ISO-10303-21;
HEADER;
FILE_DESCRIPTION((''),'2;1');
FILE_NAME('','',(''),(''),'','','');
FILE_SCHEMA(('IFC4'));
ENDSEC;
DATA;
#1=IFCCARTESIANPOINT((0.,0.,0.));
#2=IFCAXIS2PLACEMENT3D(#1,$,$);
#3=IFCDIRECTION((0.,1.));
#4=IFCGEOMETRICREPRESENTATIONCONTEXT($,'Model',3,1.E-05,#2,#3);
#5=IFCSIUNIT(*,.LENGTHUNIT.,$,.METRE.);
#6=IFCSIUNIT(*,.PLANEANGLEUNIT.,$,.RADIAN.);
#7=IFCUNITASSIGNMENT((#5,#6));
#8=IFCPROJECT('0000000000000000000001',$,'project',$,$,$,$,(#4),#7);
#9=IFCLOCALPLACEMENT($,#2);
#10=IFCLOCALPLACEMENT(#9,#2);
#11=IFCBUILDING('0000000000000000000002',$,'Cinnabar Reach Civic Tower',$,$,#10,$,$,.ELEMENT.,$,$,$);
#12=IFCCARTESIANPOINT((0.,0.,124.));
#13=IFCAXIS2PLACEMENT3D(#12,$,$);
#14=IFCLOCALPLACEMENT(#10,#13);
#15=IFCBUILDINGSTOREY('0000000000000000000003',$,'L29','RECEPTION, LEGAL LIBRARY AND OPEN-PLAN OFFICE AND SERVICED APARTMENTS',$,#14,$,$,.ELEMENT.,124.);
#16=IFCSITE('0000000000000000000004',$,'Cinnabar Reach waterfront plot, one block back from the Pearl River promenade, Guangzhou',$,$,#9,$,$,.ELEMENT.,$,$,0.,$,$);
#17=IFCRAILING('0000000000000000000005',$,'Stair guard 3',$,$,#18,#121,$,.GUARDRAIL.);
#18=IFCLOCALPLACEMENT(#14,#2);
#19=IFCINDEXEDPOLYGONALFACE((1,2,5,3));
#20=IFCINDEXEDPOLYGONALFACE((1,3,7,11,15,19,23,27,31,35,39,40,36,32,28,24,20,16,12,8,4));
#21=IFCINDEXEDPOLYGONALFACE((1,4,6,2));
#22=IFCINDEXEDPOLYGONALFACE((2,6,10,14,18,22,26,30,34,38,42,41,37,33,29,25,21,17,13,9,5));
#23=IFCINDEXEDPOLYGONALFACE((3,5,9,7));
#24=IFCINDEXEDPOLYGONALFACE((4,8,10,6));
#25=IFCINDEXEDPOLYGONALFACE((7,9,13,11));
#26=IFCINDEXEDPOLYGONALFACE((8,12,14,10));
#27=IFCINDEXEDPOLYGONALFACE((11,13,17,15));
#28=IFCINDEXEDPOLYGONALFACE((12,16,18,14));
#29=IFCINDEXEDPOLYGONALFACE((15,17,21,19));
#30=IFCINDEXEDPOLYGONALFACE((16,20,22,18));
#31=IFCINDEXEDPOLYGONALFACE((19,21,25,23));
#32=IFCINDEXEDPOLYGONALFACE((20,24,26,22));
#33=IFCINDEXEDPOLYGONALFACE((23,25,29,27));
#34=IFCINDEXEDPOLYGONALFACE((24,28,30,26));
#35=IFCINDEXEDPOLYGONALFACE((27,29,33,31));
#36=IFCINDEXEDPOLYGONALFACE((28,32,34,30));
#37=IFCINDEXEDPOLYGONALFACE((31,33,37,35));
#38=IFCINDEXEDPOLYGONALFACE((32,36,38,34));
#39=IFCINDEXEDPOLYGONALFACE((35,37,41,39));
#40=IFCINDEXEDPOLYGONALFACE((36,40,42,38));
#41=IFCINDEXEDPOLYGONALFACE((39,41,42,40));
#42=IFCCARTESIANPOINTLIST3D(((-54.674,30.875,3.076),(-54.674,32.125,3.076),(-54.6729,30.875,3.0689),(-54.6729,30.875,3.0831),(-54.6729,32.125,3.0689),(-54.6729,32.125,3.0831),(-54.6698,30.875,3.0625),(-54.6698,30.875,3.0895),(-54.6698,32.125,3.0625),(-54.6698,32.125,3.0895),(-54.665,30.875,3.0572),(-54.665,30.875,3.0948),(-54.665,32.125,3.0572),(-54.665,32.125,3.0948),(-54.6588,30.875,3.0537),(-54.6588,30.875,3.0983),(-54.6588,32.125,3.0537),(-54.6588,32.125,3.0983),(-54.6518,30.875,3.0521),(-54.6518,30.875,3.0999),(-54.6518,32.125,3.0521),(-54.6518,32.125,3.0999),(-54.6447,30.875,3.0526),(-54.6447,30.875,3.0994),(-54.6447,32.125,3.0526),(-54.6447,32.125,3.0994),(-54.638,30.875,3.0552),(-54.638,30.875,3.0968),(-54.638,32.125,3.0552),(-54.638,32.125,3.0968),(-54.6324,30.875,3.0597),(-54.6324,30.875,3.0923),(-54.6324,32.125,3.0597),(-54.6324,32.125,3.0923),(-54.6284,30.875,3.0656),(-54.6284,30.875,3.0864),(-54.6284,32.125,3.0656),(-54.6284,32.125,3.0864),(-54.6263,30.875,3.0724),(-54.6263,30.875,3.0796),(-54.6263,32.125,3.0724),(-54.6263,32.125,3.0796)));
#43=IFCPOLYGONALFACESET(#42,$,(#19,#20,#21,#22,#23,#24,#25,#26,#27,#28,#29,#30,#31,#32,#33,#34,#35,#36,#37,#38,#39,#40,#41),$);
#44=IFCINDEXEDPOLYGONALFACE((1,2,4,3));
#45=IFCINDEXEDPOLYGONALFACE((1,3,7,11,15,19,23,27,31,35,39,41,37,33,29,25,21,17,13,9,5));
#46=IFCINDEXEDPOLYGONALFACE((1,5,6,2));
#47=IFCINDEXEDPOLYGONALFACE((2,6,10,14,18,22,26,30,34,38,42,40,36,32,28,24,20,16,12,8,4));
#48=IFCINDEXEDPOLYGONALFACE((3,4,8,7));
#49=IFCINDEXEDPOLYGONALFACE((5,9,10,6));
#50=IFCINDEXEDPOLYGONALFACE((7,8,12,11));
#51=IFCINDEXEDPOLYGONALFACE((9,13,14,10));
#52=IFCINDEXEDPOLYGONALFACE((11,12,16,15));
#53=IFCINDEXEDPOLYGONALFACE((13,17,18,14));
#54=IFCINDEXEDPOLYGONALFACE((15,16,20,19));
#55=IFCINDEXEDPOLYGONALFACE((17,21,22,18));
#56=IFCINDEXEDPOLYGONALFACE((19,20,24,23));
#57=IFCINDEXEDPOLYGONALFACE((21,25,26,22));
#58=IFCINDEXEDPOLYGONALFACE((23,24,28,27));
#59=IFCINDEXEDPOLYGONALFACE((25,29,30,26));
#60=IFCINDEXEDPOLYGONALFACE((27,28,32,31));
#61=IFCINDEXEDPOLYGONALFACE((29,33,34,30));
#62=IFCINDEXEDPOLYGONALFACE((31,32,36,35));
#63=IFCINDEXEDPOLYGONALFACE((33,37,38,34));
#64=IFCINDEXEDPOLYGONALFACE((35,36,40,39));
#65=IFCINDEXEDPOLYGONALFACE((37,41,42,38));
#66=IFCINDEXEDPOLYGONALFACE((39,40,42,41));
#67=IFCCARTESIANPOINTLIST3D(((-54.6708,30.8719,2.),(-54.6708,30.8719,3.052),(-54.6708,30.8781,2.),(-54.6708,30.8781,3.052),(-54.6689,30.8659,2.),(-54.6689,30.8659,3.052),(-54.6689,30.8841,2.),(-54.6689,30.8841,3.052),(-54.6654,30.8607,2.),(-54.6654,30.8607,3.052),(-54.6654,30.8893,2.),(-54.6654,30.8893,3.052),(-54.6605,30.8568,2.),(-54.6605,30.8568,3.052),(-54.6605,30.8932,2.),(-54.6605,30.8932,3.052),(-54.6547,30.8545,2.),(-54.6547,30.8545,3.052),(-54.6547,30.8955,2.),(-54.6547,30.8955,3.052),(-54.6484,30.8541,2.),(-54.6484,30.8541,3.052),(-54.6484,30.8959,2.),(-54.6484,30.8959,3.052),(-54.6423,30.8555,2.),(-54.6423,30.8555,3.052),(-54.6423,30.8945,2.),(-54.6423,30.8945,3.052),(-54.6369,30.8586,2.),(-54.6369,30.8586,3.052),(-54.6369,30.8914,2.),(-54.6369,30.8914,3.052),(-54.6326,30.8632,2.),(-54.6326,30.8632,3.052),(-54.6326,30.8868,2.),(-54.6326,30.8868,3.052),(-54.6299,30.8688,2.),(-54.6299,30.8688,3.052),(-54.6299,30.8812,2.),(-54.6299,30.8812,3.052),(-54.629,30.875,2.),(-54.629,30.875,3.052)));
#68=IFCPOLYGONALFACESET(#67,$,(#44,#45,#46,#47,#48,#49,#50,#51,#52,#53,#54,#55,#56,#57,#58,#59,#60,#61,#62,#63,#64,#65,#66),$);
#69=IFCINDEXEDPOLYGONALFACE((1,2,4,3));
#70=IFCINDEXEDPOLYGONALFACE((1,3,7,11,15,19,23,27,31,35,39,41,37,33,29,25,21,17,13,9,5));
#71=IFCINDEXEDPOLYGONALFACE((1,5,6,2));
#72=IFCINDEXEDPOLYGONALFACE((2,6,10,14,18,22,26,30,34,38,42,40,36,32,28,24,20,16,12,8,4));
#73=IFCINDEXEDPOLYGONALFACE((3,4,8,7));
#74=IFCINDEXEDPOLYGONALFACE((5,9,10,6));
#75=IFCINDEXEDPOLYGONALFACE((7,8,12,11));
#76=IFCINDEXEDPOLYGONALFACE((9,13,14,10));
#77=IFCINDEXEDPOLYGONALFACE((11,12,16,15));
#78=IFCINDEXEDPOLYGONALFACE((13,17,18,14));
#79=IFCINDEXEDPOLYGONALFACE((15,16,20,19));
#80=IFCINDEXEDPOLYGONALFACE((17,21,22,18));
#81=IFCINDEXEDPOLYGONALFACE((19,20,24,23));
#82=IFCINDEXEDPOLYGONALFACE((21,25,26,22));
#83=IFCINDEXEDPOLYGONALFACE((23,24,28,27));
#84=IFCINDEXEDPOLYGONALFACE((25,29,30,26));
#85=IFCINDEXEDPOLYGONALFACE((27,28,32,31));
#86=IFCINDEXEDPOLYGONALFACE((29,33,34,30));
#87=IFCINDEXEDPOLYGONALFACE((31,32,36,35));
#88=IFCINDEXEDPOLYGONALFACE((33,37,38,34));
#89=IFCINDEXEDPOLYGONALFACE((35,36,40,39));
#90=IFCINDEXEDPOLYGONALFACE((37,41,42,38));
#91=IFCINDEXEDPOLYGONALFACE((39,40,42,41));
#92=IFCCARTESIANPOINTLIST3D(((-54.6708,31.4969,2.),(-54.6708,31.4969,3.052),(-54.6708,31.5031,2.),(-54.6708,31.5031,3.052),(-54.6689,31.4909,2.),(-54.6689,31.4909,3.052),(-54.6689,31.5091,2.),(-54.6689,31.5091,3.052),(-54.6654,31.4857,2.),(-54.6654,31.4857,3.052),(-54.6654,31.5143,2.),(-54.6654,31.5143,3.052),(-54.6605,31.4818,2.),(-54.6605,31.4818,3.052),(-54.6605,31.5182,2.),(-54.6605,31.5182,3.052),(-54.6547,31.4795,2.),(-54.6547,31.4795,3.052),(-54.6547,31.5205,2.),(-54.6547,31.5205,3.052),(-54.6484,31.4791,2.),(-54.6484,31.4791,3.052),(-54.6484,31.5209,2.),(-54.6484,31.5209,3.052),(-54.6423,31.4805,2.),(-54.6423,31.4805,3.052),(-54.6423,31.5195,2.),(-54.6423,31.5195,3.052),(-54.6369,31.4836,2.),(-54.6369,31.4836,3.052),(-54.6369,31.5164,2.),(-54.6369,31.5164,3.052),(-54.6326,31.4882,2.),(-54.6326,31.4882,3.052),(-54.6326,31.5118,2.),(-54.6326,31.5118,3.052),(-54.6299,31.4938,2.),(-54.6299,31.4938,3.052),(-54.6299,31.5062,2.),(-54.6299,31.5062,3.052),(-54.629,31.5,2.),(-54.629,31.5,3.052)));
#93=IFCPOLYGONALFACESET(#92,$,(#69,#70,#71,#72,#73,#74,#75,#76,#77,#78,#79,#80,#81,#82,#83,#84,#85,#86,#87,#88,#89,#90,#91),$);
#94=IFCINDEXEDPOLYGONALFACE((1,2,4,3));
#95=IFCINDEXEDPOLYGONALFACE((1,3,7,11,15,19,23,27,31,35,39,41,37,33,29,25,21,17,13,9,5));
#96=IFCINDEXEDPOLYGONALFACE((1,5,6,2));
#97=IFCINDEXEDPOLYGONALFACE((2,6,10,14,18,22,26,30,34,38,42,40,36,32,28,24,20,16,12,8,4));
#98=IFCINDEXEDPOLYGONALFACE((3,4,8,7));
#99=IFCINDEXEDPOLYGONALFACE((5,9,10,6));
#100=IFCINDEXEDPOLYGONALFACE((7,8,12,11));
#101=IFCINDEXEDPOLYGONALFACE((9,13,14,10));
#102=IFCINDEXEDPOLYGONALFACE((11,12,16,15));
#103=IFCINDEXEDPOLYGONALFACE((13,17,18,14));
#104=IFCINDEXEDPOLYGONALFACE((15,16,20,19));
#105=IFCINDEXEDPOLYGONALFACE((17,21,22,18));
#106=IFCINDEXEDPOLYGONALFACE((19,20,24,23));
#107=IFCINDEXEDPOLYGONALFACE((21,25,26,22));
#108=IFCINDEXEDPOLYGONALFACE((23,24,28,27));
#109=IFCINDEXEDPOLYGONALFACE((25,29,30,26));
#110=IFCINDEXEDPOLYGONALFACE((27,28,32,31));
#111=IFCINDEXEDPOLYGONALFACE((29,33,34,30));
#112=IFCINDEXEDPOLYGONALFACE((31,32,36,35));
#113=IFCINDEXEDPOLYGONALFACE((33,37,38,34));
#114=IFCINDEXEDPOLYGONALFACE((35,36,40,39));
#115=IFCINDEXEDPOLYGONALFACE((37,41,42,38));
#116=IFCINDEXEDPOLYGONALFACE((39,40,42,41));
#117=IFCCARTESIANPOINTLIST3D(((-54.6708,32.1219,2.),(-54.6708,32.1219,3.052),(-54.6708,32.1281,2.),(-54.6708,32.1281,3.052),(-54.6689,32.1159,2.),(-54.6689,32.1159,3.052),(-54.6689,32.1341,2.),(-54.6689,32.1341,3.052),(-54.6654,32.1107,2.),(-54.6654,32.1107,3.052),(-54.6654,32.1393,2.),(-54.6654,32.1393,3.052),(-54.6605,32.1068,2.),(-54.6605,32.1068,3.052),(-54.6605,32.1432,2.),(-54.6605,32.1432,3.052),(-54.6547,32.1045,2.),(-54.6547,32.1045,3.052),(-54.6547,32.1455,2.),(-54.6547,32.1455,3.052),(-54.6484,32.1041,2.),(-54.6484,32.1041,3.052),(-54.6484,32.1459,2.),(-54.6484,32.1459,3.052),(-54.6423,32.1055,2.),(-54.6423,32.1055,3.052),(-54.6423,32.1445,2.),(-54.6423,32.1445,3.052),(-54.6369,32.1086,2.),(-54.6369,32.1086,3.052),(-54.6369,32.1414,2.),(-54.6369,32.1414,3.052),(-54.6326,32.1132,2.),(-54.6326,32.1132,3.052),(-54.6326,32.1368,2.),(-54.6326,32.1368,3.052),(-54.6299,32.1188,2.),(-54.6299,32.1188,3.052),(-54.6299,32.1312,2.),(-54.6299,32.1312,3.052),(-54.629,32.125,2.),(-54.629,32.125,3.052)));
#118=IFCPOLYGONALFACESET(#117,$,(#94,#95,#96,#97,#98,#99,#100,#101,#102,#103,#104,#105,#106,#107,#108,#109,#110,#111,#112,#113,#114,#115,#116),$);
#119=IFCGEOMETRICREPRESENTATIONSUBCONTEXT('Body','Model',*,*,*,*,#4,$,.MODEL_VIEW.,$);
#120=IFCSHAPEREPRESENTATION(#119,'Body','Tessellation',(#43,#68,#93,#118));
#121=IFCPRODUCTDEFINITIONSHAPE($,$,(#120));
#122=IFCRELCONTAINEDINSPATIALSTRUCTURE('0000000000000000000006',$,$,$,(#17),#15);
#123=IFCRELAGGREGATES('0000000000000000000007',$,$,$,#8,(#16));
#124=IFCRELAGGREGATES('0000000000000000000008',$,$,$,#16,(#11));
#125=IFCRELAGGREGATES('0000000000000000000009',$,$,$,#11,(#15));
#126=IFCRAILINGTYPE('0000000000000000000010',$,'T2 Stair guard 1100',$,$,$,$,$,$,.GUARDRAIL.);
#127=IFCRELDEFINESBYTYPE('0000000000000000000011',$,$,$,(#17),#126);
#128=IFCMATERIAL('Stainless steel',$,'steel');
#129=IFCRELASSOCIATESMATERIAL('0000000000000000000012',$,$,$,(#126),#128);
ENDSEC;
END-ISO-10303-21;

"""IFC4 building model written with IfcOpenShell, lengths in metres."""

from ifc_helpers import new_model, si_unit, direction, frame, origin, origin_2d, place, context, subcontext, project, spatial, circle, extrude, material, type_object, element, save


model = new_model("IFC4")

# Units and contexts
model_context = context("Model", 3, precision=1e-05, world=origin(), true_north=direction((0.0, 1.0)))
body_context = subcontext(model_context, "Body", "Model", "MODEL_VIEW")
ifc_project = project(units=[si_unit("LENGTHUNIT", "METRE"), si_unit("PLANEANGLEUNIT", "RADIAN")], contexts=[model_context])

# Site, building, storey
site_placement = place(None, origin())
site = spatial("IfcSite", under=ifc_project, at=site_placement, Name="Cinnabar Reach waterfront plot, one block back from the Pearl River promenade, Guangzhou", CompositionType="ELEMENT", RefElevation=0.0)
building_placement = place(site_placement, origin())
building = spatial("IfcBuilding", under=site, at=building_placement, Name="Cinnabar Reach Civic Tower", CompositionType="ELEMENT")
storey_placement = place(building_placement, frame((0.0, 0.0, 124.0)))
storey = spatial("IfcBuildingStorey", under=building, at=storey_placement, Name="L29", Description="RECEPTION, LEGAL LIBRARY AND OPEN-PLAN OFFICE AND SERVICED APARTMENTS", CompositionType="ELEMENT", Elevation=124.0)

# Railing
ifc_material_1 = material(Name="Stainless steel", Category="steel")
railing_type = type_object("IfcRailingType", Name="T2 Stair guard 1100", PredefinedType="GUARDRAIL", material=ifc_material_1)
for number, where, name in (
    (1, (-54.65, 30.875, 2.0), "Stair guard 3"),
):
    element("IfcRailing", number, at=place(storey_placement, frame(where)), inside=storey, type_object=railing_type, Name=name, PredefinedType="GUARDRAIL", context=body_context, shape_type="SweptSolid", body=[
        extrude(circle(Radius=0.024, at=origin_2d()), frame((0.0, 0.0, 1.076), z_axis=(0.0, 1.0, 0.0), x_axis=(-1.0, 0.0, 0.0)), (0.0, 0.0, 1.0), 1.25),
        extrude(circle(Radius=0.021, at=origin_2d()), origin(), (0.0, 0.0, 1.0), 1.052),
        extrude(circle(Radius=0.021, at=origin_2d()), frame((0.0, 0.625, 0.0)), (0.0, 0.0, 1.0), 1.052),
        extrude(circle(Radius=0.021, at=origin_2d()), frame((0.0, 1.25, 0.0)), (0.0, 0.0, 1.0), 1.052),
    ])

save(model, "model.ifc")
